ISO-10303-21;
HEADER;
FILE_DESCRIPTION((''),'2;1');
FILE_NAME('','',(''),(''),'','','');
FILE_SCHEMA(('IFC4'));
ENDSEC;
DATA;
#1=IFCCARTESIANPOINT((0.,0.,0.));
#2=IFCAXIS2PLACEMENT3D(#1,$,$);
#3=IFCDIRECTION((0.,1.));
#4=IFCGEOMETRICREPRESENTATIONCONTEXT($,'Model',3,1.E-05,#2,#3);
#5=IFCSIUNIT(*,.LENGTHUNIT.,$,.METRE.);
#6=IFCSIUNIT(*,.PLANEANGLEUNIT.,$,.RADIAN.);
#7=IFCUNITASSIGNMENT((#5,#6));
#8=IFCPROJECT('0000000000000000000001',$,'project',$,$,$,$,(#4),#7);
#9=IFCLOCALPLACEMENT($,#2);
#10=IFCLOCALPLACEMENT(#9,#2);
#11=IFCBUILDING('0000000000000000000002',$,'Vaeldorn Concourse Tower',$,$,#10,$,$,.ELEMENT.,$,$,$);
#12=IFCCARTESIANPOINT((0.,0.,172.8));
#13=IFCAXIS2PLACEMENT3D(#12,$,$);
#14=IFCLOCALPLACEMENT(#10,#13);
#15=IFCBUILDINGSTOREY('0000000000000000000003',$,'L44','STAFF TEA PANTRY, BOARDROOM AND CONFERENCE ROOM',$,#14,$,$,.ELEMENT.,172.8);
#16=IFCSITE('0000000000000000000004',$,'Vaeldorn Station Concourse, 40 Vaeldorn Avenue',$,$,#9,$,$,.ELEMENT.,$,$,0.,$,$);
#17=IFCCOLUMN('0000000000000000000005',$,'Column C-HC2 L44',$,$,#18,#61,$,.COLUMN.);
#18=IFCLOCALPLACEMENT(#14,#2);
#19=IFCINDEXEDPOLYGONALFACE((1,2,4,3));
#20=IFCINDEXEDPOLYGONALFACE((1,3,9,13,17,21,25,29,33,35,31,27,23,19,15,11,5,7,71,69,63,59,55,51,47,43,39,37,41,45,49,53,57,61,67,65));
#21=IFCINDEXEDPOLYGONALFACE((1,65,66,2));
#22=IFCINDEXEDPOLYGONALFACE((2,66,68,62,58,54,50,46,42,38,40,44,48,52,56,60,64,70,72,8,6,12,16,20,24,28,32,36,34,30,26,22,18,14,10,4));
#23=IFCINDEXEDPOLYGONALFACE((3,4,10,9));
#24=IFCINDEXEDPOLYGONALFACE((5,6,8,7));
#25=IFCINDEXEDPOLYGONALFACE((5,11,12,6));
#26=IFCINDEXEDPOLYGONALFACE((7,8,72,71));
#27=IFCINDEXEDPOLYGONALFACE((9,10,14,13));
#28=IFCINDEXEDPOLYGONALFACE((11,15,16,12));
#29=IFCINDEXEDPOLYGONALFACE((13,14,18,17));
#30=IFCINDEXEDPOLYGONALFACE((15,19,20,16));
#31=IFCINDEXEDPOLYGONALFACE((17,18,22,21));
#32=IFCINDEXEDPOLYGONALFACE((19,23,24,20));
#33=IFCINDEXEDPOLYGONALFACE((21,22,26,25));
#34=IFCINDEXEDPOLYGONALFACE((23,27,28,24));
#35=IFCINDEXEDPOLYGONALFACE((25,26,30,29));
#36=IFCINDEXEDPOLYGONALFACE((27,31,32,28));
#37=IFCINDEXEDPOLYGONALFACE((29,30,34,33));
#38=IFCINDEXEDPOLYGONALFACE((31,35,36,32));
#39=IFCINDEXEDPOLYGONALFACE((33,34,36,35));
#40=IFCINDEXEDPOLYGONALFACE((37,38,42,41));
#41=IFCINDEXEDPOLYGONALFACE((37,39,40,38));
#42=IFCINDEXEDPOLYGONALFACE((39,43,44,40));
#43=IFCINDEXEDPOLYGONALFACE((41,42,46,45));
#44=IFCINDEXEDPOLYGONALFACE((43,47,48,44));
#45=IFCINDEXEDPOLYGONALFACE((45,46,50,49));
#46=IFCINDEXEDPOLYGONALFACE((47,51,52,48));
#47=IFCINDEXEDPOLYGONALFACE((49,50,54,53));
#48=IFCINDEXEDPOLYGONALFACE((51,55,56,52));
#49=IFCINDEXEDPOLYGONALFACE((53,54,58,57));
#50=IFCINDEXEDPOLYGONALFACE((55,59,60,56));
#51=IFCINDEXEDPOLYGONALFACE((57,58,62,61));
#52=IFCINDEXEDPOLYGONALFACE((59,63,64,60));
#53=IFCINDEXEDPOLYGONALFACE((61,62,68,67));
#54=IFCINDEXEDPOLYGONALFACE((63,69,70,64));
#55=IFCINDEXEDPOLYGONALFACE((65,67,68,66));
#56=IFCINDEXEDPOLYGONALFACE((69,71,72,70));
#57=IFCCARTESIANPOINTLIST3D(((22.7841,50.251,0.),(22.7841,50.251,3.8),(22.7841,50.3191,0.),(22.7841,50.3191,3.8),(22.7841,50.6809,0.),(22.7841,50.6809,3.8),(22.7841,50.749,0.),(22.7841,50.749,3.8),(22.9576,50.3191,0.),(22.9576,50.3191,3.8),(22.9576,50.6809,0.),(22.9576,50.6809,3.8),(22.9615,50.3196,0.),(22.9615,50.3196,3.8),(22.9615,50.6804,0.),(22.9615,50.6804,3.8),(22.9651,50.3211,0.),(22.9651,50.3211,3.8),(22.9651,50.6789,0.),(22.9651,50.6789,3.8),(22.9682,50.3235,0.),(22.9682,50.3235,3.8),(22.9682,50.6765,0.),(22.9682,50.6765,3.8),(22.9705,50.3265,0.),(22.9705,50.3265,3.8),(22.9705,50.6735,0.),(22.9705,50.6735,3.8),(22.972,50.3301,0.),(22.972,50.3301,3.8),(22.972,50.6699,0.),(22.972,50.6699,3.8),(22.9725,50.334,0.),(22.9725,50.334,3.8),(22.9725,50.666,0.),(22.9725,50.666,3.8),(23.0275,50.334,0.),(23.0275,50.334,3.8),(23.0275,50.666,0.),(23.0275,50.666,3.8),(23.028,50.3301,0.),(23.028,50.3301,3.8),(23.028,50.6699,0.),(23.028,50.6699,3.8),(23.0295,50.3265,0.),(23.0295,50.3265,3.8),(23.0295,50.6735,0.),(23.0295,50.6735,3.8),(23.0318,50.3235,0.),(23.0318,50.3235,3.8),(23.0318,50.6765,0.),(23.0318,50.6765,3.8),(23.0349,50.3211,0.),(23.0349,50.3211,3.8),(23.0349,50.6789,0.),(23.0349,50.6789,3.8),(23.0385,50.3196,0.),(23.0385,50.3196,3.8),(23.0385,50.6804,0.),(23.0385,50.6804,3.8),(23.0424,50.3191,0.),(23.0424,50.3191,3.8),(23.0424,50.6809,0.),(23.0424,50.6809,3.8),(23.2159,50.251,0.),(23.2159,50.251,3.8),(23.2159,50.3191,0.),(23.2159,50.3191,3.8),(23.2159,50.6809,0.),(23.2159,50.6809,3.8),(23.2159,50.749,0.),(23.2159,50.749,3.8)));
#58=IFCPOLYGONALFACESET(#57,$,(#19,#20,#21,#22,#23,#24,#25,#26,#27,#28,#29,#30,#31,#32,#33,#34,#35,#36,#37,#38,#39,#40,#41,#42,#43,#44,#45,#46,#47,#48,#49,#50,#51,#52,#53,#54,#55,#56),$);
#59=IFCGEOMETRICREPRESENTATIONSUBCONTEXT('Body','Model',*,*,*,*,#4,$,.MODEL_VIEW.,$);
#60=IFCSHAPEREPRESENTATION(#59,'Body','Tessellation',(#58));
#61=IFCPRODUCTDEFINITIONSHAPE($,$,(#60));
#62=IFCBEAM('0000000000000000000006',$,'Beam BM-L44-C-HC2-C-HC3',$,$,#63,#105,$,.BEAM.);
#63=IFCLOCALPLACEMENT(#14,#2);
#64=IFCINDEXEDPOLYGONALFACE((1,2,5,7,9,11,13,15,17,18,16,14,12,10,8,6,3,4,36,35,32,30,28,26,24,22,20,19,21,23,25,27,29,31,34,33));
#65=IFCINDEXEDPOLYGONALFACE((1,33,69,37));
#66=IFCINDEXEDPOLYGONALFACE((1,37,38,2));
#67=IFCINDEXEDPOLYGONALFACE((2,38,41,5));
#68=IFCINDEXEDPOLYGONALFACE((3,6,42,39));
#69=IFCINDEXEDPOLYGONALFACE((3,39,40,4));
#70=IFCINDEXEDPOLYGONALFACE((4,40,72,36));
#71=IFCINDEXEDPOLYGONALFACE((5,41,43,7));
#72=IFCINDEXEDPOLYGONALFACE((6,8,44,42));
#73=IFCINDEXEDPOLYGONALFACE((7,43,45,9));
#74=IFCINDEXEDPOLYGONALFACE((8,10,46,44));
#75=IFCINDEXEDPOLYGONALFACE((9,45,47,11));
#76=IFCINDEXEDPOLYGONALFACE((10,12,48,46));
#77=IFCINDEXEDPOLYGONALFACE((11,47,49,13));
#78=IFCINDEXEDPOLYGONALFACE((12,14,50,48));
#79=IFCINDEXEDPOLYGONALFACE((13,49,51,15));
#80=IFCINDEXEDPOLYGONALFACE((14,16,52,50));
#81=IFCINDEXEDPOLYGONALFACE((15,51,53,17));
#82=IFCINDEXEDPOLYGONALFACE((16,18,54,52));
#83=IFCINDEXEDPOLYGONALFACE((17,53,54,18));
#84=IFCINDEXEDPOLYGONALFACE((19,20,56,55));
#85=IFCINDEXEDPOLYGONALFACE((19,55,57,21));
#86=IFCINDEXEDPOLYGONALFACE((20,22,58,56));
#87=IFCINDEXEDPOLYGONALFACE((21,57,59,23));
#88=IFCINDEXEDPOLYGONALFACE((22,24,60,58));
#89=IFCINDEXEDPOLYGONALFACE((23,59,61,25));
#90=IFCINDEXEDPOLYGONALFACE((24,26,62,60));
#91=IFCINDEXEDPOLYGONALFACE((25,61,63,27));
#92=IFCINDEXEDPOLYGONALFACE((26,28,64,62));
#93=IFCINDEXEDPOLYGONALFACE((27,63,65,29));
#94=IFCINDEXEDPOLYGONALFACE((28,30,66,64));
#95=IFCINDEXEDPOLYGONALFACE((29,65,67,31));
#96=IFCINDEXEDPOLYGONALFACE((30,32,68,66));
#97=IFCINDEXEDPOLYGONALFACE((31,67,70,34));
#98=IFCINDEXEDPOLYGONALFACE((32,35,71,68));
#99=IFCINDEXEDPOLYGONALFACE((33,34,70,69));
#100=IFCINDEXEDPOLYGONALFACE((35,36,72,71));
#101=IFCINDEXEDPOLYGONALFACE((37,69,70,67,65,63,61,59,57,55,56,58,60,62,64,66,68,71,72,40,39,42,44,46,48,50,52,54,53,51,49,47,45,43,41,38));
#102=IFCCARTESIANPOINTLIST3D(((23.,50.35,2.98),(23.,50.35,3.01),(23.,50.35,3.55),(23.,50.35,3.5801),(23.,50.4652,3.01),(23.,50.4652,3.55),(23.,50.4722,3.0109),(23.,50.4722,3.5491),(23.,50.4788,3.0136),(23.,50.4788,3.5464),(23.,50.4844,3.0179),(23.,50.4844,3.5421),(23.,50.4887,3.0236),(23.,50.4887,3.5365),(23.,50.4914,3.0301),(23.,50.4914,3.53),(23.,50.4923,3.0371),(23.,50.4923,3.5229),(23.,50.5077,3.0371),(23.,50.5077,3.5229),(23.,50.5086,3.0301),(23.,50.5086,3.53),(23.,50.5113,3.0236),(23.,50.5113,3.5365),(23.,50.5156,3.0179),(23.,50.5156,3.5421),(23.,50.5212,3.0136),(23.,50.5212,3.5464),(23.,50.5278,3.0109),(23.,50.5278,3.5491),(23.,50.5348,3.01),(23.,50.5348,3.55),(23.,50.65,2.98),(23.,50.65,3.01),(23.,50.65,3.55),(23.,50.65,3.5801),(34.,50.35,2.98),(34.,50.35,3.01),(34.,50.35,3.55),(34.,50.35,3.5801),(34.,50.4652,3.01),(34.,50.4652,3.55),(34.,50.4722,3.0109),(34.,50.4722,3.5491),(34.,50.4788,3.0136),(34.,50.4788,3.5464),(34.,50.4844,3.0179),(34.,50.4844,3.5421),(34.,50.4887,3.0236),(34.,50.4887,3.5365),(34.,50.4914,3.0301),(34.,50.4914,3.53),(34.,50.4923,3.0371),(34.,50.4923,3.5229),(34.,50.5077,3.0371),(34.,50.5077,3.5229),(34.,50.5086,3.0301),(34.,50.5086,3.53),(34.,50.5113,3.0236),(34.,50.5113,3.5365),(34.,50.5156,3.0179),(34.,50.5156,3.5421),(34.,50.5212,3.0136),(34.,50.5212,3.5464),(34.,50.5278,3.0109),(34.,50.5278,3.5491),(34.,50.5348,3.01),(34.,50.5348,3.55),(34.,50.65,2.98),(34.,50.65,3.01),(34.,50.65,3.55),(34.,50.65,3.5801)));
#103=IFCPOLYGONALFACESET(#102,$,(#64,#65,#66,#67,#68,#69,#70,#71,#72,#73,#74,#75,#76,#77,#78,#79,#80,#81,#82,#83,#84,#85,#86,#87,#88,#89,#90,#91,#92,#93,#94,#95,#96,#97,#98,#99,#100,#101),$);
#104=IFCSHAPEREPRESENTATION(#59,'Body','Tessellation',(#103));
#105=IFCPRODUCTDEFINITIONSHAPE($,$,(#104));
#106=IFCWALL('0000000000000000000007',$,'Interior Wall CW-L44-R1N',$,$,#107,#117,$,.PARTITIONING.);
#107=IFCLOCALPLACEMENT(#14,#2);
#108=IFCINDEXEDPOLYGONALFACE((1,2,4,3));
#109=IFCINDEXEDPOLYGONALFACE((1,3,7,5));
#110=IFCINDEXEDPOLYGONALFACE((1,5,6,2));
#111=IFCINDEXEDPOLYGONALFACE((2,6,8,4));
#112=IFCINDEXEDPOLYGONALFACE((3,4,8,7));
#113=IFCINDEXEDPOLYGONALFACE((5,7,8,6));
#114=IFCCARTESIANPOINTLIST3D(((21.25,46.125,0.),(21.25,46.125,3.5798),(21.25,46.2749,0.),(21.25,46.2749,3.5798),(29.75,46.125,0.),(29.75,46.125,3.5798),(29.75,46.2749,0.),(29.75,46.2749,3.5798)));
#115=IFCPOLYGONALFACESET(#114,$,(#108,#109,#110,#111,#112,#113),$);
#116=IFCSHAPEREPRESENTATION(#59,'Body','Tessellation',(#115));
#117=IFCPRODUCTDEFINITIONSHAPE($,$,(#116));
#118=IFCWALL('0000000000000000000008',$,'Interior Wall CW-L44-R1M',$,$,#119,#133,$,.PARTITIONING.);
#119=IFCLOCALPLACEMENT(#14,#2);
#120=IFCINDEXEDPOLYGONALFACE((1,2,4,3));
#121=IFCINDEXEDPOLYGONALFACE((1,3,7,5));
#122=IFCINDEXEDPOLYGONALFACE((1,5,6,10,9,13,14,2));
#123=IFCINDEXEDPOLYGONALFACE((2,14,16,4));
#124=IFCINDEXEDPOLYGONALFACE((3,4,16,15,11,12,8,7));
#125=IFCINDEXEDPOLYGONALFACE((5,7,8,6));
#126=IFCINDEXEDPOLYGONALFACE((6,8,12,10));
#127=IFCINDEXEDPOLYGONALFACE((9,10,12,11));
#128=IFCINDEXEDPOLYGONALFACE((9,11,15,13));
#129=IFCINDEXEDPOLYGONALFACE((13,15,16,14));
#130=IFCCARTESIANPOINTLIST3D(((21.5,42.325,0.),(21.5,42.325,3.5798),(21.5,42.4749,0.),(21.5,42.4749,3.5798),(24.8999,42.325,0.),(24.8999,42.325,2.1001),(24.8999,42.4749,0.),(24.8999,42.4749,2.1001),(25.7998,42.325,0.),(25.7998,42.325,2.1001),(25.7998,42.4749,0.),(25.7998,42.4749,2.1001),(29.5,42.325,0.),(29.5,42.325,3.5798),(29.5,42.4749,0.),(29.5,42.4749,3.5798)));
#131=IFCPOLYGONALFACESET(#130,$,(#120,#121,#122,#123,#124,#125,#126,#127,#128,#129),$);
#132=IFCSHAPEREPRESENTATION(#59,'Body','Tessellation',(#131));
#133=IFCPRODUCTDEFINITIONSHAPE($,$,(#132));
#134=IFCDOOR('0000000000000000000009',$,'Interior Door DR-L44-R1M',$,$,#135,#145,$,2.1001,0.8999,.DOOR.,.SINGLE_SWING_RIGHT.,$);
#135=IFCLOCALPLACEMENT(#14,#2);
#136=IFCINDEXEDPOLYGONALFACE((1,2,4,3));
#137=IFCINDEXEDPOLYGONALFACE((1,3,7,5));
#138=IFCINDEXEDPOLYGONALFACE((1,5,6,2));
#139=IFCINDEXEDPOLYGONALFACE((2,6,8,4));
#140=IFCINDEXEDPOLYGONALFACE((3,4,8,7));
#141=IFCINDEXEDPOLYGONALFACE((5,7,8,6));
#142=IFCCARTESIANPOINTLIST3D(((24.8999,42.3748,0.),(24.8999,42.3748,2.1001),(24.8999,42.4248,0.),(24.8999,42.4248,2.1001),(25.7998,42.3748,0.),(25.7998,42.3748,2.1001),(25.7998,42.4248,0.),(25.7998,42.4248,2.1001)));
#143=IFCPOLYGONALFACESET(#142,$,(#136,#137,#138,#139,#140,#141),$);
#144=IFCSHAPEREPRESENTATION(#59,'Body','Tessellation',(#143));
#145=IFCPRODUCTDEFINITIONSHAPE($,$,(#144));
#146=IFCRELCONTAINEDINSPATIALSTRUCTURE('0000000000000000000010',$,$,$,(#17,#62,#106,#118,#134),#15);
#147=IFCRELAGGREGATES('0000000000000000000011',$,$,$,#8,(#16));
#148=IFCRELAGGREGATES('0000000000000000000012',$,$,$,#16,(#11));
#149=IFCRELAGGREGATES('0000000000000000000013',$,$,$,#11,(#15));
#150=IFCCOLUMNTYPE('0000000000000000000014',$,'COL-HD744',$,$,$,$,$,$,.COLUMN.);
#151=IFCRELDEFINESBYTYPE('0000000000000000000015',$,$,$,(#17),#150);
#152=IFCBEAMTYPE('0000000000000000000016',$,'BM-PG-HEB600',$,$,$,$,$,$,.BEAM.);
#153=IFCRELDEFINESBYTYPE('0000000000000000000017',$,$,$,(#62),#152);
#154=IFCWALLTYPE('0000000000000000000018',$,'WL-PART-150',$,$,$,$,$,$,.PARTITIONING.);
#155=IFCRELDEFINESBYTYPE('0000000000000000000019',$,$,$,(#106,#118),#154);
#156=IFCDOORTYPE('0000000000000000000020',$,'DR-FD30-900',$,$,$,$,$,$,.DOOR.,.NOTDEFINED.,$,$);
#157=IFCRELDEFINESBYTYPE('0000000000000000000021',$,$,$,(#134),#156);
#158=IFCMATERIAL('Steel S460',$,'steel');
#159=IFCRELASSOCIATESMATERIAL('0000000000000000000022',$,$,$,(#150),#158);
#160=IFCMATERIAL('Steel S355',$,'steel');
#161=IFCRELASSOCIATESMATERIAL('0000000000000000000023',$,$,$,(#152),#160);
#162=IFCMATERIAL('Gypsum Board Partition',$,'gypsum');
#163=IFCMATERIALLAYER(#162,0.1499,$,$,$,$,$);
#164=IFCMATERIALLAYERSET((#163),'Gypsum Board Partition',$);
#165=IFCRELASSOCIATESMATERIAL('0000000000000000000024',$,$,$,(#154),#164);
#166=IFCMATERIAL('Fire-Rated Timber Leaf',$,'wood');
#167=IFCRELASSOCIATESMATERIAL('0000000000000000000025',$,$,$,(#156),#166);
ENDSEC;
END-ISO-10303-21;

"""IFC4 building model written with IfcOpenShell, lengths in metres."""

from ifc_helpers import new_model, si_unit, direction, frame, frame_2d, origin, origin_2d, place, context, subcontext, project, spatial, rectangle, i_section, extrude, source, transform, mapped, material, layer, layer_set, material_profile, profile_set, type_object, element, fill, save


model = new_model("IFC4")

# Units and contexts
model_context = context("Model", 3, precision=1e-05, world=origin(), true_north=direction((0.0, 1.0)))
body_context = subcontext(model_context, "Body", "Model", "MODEL_VIEW")
ifc_project = project(units=[si_unit("LENGTHUNIT", "METRE"), si_unit("PLANEANGLEUNIT", "RADIAN")], contexts=[model_context])

# Site, building, storey
site_placement = place(None, origin())
site = spatial("IfcSite", under=ifc_project, at=site_placement, Name="Vaeldorn Station Concourse, 40 Vaeldorn Avenue", CompositionType="ELEMENT", RefElevation=0.0)
building_placement = place(site_placement, origin())
building = spatial("IfcBuilding", under=site, at=building_placement, Name="Vaeldorn Concourse Tower", CompositionType="ELEMENT")
storey_placement = place(building_placement, frame((0.0, 0.0, 172.8)))
storey = spatial("IfcBuildingStorey", under=building, at=storey_placement, Name="L44", Description="STAFF TEA PANTRY, BOARDROOM AND CONFERENCE ROOM", CompositionType="ELEMENT", Elevation=172.8)

# Column
ifc_material_1 = material(Name="Steel S460", Category="steel")
ifc_material_profile_1 = material_profile(ifc_material_1, i_section(OverallWidth=0.4319, OverallDepth=0.498, WebThickness=0.0549, FlangeThickness=0.0681, FilletRadius=0.0149, at=origin_2d()), Name="HD 400x744")
ifc_profile_set_1 = profile_set([ifc_material_profile_1], Name="Steel S460")
column_type = type_object("IfcColumnType", Name="COL-HD744", PredefinedType="COLUMN", material=ifc_profile_set_1)
shared_shape_1 = source(origin(), body_context, "Body", "SweptSolid", [
    extrude(i_section(OverallWidth=0.4319, OverallDepth=0.498, WebThickness=0.0549, FlangeThickness=0.0681, FilletRadius=0.0149, at=origin_2d()), origin(), (0.0, 0.0, 1.0), 3.8),
])
column_placement = place(storey_placement, frame((23.0, 50.5, 0.0), z_axis=(0.0, 0.0, 1.0), x_axis=(1.0, 0.0, 0.0)))
element("IfcColumn", 1, at=column_placement, inside=storey, type_object=column_type, Name="Column C-HC2 L44", PredefinedType="COLUMN", context=body_context, shape_type="MappedRepresentation", body=[
    mapped(shared_shape_1, transform((0.0, 0.0, 0.0), scale=1.0)),
])

# Beam
ifc_material_2 = material(Name="Steel S355", Category="steel")
ifc_material_profile_2 = material_profile(ifc_material_2, i_section(OverallWidth=0.3, OverallDepth=0.6001, WebThickness=0.0154, FlangeThickness=0.03, FilletRadius=0.0271, at=origin_2d()), Name="HEB 600")
ifc_profile_set_2 = profile_set([ifc_material_profile_2], Name="Steel S355")
beam_type = type_object("IfcBeamType", Name="BM-PG-HEB600", PredefinedType="BEAM", material=ifc_profile_set_2)
shared_shape_2 = source(origin(), body_context, "Body", "SweptSolid", [
    extrude(i_section(OverallWidth=0.3, OverallDepth=0.6001, WebThickness=0.0154, FlangeThickness=0.03, FilletRadius=0.0271, at=origin_2d()), origin(), (0.0, 0.0, 1.0), 11.0),
])
beam_placement = place(storey_placement, frame((23.0, 50.5, 3.28), z_axis=(1.0, 0.0, 0.0), x_axis=(0.0, 1.0, 0.0)))
element("IfcBeam", 2, at=beam_placement, inside=storey, type_object=beam_type, Name="Beam BM-L44-C-HC2-C-HC3", PredefinedType="BEAM", context=body_context, shape_type="MappedRepresentation", body=[
    mapped(shared_shape_2, transform((0.0, 0.0, 0.0), scale=1.0)),
])

# Wall
ifc_material_3 = material(Name="Gypsum Board Partition", Category="gypsum")
ifc_layer_1 = layer(ifc_material_3, 0.1499)
ifc_layer_set_1 = layer_set([ifc_layer_1], Name="Gypsum Board Partition")
wall_type_1 = type_object("IfcWallType", Name="WL-PART-150", PredefinedType="PARTITIONING", material=ifc_layer_set_1)
wall_1_placement = place(storey_placement, frame((21.25, 46.2, 0.0), z_axis=(0.0, 0.0, 1.0), x_axis=(1.0, 0.0, 0.0)))
element("IfcWall", 3, at=wall_1_placement, inside=storey, type_object=wall_type_1, Name="Interior Wall CW-L44-R1N", PredefinedType="PARTITIONING", context=body_context, shape_type="SweptSolid", body=[
    extrude(rectangle(XDim=8.5, YDim=0.1499, at=frame_2d((4.25, 0.0))), origin(), (0.0, 0.0, 1.0), 3.5798),
])

# Wall, opening, door
wall_2_placement = place(storey_placement, frame((21.5, 42.3999, 0.0), z_axis=(0.0, 0.0, 1.0), x_axis=(1.0, 0.0, 0.0)))
wall_2 = element("IfcWall", 4, at=wall_2_placement, inside=storey, type_object=wall_type_1, Name="Interior Wall CW-L44-R1M", PredefinedType="PARTITIONING", context=body_context, shape_type="SweptSolid", body=[
    extrude(rectangle(XDim=8.0, YDim=0.1499, at=frame_2d((4.0, 0.0))), origin(), (0.0, 0.0, 1.0), 3.5798),
])
opening_1_placement = place(wall_2_placement, frame((3.3999, 0.0, 0.0)))
opening_1 = element("IfcOpeningElement", 5, at=opening_1_placement, cuts=wall_2, PredefinedType="OPENING", context=body_context, shape_type="SweptSolid", body=[
    extrude(rectangle(XDim=0.8999, YDim=2.1001, at=frame_2d((0.45, 1.05))), frame((0.0, 0.085, 0.0), z_axis=(0.0, -1.0, 0.0), x_axis=(1.0, 0.0, 0.0)), (0.0, 0.0, 1.0), 0.1699),
])
ifc_material_4 = material(Name="Fire-Rated Timber Leaf", Category="wood")
door_type_1 = type_object("IfcDoorType", Name="DR-FD30-900", OperationType="NOTDEFINED", PredefinedType="DOOR", material=ifc_material_4)
shared_shape_3 = source(origin(), body_context, "Body", "SweptSolid", [
    extrude(rectangle(XDim=0.8999, YDim=2.1001, at=frame_2d((0.45, 1.05))), frame((0.0, 0.0249, 0.0), z_axis=(0.0, -1.0, 0.0), x_axis=(1.0, 0.0, 0.0)), (0.0, 0.0, 1.0), 0.05),
])
door_1_placement = place(opening_1_placement, origin())
door_1 = element("IfcDoor", 6, at=door_1_placement, inside=storey, type_object=door_type_1, Name="Interior Door DR-L44-R1M", OperationType="SINGLE_SWING_RIGHT", OverallHeight=2.1001, OverallWidth=0.8999, PredefinedType="DOOR", context=body_context, shape_type="MappedRepresentation", body=[
    mapped(shared_shape_3, transform((0.0, 0.0, 0.0), scale=1.0)),
])
fill(opening_1, door_1)

save(model, "model.ifc")
